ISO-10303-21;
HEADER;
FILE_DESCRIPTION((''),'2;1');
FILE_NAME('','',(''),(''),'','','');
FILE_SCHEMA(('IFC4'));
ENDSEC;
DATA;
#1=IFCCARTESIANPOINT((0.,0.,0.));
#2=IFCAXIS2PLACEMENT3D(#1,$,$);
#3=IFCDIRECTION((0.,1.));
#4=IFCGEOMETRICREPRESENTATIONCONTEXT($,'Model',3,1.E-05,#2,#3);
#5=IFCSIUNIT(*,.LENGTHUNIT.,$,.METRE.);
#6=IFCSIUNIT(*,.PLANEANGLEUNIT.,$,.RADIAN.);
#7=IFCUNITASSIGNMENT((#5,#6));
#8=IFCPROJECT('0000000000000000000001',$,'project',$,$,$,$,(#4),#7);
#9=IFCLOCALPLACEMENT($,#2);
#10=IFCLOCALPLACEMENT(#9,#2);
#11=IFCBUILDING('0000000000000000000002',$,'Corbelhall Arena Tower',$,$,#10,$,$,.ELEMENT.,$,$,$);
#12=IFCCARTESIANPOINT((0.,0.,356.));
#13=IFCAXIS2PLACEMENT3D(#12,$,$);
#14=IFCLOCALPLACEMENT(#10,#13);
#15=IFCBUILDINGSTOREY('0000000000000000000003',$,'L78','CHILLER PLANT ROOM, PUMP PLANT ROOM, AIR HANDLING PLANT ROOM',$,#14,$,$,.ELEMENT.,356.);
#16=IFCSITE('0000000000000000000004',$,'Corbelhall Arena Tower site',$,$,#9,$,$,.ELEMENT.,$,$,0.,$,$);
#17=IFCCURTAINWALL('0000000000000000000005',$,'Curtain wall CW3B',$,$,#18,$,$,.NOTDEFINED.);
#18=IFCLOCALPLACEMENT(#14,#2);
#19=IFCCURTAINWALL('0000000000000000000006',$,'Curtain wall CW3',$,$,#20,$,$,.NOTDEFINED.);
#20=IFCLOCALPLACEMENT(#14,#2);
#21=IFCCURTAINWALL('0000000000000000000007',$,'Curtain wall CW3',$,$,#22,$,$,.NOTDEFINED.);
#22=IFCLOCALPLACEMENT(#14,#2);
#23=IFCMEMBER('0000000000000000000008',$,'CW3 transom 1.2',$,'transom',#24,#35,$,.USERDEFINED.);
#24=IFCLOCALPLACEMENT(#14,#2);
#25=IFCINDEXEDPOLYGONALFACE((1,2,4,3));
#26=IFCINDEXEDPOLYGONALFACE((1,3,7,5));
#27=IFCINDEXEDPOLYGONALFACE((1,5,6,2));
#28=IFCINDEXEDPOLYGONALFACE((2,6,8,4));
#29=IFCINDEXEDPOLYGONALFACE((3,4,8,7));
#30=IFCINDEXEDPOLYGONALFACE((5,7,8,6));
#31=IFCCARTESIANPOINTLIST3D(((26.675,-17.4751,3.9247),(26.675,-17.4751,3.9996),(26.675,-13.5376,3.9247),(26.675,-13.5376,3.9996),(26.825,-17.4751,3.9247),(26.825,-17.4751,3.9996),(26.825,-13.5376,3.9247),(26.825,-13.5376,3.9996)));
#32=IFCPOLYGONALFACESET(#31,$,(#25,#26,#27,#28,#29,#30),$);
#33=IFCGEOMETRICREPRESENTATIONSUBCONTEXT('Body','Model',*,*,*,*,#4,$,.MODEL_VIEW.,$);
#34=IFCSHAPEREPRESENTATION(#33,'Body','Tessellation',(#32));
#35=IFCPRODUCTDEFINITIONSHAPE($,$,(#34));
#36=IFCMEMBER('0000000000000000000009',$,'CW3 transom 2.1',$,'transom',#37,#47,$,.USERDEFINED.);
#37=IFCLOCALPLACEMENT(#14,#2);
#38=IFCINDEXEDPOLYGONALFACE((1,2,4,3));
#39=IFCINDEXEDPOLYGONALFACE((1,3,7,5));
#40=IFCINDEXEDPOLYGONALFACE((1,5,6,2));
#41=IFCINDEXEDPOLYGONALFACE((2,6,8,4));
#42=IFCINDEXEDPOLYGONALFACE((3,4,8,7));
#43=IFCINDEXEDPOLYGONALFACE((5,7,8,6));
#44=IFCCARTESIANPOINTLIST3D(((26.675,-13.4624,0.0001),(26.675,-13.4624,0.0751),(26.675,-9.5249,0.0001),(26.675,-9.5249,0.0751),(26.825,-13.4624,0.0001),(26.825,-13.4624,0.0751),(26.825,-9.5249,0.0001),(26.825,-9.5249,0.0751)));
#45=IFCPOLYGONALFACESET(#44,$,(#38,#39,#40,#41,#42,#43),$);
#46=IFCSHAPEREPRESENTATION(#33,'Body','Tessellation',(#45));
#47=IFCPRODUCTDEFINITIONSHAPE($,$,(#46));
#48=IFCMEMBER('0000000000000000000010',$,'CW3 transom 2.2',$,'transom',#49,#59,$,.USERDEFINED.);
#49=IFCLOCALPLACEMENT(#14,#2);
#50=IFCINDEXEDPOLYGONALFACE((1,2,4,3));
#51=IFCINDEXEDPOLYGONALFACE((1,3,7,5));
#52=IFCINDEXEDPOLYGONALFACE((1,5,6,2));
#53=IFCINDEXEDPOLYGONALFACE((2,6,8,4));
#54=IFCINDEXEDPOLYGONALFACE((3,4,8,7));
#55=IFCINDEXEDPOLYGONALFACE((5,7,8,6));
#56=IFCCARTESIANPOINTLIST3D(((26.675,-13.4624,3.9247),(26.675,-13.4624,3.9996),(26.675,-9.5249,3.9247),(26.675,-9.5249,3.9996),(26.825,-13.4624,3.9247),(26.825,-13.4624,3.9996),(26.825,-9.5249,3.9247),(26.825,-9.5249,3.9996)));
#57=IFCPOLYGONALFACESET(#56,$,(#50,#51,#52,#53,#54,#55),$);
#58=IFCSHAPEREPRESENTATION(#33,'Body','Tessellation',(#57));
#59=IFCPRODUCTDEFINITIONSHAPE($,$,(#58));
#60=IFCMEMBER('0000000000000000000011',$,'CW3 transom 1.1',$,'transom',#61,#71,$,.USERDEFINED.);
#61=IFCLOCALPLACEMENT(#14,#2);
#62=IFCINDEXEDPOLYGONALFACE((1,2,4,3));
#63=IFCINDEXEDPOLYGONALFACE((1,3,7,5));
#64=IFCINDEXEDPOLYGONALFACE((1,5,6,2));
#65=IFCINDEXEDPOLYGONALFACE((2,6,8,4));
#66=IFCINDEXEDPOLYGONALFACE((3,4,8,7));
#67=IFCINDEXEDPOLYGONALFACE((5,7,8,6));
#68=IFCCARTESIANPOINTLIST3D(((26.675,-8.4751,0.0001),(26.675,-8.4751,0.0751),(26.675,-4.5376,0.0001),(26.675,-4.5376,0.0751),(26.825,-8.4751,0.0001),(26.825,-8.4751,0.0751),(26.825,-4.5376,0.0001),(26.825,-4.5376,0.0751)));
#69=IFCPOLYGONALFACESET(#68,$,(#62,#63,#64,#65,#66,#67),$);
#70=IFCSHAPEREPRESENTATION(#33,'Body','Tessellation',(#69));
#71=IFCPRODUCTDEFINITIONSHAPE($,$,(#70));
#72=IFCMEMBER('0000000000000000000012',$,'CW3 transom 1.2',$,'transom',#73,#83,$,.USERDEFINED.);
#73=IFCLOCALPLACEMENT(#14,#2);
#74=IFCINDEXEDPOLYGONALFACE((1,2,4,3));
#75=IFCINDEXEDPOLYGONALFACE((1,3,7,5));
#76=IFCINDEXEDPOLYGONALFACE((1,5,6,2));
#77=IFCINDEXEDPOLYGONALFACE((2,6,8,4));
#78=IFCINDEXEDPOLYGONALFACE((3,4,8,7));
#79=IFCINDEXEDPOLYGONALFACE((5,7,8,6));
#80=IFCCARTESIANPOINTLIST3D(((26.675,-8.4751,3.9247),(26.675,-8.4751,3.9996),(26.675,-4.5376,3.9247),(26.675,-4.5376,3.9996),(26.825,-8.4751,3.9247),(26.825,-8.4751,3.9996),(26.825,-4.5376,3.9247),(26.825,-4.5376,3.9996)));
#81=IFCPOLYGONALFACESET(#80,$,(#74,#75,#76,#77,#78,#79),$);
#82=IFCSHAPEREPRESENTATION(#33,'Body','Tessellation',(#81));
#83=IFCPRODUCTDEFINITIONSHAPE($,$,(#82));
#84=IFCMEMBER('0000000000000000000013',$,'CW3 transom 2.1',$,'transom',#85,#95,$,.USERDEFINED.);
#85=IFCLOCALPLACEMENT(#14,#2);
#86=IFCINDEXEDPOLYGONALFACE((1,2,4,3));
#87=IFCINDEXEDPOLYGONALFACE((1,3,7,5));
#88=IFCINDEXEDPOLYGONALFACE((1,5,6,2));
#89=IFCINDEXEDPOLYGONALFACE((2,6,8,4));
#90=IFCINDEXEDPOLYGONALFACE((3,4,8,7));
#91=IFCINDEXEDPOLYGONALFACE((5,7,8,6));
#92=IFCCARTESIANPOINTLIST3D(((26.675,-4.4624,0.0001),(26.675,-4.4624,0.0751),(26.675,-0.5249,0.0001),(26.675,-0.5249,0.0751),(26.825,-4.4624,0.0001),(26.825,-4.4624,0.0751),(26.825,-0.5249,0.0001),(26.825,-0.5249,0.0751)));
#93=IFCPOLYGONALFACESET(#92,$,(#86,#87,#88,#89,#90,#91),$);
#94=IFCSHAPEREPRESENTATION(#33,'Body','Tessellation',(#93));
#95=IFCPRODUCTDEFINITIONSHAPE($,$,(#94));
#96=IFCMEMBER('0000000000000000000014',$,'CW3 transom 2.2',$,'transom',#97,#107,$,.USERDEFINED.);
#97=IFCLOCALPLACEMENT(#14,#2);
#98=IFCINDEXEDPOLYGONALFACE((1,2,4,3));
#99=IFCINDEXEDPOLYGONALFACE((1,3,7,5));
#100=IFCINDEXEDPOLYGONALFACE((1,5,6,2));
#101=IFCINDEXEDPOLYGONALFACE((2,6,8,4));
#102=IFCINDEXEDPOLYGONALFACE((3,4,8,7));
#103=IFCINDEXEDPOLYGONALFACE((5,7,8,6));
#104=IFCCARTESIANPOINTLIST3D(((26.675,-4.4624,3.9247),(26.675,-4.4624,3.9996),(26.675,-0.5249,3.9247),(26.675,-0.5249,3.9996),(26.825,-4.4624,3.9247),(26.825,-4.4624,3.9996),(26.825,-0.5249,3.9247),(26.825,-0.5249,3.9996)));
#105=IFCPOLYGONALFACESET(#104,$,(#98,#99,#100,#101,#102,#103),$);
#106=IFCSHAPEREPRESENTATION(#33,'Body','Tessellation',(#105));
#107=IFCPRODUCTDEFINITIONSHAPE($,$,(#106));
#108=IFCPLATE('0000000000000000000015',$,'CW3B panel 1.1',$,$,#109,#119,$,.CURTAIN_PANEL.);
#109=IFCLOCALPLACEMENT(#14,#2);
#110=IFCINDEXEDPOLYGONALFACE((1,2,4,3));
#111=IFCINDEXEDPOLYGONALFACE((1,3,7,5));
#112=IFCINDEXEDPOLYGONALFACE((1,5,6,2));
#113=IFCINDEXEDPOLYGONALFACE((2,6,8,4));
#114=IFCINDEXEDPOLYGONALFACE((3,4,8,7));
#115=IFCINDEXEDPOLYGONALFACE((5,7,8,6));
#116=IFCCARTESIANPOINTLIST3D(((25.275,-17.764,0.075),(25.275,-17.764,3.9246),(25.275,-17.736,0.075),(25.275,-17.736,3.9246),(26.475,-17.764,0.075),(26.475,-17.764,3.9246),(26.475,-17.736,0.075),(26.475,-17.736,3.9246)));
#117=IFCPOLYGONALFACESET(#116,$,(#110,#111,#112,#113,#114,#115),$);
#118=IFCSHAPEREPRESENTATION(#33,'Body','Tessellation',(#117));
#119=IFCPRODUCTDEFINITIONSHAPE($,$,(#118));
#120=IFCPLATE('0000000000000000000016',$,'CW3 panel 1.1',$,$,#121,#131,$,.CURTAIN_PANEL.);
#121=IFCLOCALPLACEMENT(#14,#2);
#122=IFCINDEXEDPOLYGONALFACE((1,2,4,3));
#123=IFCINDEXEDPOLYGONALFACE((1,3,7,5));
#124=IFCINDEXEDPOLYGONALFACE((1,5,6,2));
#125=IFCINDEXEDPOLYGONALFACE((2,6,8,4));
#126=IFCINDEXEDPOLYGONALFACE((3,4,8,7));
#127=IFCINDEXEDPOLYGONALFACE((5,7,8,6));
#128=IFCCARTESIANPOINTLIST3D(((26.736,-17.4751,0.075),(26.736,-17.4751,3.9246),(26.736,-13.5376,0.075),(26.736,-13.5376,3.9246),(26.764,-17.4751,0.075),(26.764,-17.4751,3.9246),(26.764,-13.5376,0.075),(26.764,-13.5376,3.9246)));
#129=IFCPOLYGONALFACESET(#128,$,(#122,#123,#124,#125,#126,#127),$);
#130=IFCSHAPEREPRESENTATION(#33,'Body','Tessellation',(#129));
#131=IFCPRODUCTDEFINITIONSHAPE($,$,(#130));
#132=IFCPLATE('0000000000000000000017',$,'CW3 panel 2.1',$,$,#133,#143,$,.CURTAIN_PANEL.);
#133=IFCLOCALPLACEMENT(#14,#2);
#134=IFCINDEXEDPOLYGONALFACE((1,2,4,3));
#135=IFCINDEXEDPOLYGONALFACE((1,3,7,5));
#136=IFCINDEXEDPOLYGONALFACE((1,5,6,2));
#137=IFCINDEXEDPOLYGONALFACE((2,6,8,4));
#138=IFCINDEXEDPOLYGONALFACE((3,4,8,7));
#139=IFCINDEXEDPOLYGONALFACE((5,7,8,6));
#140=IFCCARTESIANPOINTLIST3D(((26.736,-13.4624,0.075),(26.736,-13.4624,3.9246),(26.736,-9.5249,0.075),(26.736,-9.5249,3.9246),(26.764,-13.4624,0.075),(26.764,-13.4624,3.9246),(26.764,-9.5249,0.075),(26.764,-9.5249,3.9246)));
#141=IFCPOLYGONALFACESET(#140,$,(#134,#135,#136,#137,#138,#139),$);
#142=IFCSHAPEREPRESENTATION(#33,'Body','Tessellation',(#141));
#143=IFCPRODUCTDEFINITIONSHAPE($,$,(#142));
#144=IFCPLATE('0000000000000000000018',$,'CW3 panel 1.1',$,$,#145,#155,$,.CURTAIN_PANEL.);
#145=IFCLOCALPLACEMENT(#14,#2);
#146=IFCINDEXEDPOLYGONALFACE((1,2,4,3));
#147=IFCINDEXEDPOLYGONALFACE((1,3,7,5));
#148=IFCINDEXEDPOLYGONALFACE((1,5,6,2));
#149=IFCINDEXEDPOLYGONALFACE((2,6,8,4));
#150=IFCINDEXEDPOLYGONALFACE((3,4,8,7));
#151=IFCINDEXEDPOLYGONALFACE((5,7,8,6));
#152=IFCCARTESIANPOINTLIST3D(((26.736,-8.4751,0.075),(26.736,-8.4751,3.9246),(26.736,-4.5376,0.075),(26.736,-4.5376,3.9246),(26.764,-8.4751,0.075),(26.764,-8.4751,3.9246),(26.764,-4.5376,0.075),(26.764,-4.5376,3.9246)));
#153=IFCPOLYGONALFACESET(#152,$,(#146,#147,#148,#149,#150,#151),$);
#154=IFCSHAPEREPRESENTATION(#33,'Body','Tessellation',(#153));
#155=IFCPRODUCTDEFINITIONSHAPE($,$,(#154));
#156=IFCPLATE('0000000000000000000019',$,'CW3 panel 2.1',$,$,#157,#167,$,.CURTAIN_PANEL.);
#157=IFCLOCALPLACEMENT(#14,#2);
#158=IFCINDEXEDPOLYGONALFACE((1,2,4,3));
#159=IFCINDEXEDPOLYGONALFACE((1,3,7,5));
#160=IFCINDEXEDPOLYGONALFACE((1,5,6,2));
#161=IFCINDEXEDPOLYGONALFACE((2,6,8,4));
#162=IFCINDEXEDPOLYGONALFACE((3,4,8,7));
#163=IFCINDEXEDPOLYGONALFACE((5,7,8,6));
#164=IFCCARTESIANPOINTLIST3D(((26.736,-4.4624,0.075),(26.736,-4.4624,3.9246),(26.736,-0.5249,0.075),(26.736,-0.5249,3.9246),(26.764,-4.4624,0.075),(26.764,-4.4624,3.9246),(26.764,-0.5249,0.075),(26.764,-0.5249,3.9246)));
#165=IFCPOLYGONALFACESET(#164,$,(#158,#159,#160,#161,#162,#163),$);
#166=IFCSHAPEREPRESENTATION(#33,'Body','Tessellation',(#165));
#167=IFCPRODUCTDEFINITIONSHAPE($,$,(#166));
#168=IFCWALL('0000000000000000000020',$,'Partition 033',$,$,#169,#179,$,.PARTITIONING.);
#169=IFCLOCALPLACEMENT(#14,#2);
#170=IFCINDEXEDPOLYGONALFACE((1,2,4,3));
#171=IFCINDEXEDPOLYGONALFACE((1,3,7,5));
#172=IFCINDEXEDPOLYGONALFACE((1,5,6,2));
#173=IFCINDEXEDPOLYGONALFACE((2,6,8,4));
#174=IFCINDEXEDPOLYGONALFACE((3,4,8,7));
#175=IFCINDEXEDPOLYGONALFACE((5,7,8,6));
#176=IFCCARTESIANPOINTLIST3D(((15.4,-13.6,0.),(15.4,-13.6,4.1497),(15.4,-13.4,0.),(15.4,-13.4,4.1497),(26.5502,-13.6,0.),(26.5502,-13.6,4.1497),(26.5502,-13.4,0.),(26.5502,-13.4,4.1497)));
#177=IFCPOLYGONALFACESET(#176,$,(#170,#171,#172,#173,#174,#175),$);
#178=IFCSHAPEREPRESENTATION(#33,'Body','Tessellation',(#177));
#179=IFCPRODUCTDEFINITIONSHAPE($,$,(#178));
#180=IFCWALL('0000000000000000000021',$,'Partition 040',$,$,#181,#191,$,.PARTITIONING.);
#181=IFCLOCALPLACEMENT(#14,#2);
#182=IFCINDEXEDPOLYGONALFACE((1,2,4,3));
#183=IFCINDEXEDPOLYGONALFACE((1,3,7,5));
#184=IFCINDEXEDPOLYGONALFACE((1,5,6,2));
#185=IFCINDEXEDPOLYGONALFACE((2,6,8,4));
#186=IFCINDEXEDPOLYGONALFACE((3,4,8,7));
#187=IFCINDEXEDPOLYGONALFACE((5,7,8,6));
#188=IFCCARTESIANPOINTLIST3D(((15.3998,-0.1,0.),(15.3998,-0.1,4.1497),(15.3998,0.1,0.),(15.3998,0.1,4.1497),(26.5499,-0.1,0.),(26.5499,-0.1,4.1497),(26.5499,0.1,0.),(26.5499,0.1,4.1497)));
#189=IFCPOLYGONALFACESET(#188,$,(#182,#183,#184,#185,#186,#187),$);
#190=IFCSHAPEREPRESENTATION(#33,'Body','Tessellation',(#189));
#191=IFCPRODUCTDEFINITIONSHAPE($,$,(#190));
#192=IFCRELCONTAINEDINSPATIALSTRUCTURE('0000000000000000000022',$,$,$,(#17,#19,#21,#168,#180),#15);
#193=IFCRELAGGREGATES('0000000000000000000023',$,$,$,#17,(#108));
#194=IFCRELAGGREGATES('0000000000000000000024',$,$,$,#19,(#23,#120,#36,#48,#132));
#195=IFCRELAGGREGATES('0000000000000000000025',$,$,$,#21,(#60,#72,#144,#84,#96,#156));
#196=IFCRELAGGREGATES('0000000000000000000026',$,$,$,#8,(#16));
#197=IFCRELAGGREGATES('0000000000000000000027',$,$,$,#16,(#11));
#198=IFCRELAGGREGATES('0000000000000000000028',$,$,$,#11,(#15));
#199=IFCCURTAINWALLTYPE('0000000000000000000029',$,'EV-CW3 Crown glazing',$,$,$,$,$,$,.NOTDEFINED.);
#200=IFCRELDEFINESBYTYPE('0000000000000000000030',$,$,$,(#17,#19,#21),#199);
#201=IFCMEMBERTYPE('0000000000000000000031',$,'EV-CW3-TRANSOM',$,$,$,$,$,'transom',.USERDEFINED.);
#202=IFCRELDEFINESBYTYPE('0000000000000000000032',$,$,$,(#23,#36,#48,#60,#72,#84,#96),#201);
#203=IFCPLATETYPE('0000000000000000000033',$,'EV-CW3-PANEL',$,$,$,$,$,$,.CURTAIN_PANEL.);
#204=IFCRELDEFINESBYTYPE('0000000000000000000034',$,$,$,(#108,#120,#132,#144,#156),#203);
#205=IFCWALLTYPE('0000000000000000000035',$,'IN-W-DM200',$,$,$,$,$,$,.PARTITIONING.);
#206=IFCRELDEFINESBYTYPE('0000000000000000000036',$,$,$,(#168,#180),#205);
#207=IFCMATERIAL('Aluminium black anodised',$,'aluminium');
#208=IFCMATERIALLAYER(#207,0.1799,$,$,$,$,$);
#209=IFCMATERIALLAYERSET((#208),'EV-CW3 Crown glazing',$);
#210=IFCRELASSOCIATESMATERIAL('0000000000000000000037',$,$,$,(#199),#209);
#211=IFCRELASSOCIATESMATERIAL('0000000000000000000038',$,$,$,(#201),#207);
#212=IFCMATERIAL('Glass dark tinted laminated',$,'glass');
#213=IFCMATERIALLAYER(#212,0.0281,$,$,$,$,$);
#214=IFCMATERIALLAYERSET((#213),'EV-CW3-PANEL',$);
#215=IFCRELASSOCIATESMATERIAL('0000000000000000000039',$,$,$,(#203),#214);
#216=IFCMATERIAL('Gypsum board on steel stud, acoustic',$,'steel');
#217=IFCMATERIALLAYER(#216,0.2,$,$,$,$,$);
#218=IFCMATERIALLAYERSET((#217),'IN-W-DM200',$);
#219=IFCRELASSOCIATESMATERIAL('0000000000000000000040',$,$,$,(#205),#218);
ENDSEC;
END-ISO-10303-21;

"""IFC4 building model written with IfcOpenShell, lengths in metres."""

from ifc_helpers import new_model, si_unit, direction, frame, frame_2d, origin, origin_2d, place, context, subcontext, project, spatial, rectangle, extrude, material, layer, layer_set, material_profile, profile_set, type_object, element, aggregate, save


model = new_model("IFC4")

# Units and contexts
model_context = context("Model", 3, precision=1e-05, world=origin(), true_north=direction((0.0, 1.0)))
body_context = subcontext(model_context, "Body", "Model", "MODEL_VIEW")
ifc_project = project(units=[si_unit("LENGTHUNIT", "METRE"), si_unit("PLANEANGLEUNIT", "RADIAN")], contexts=[model_context])

# Site, building, storey
site_placement = place(None, origin())
site = spatial("IfcSite", under=ifc_project, at=site_placement, Name="Corbelhall Arena Tower site", CompositionType="ELEMENT", RefElevation=0.0)
building_placement = place(site_placement, origin())
building = spatial("IfcBuilding", under=site, at=building_placement, Name="Corbelhall Arena Tower", CompositionType="ELEMENT")
storey_placement = place(building_placement, frame((0.0, 0.0, 356.0)))
storey = spatial("IfcBuildingStorey", under=building, at=storey_placement, Name="L78", Description="CHILLER PLANT ROOM, PUMP PLANT ROOM, AIR HANDLING PLANT ROOM", CompositionType="ELEMENT", Elevation=356.0)

# Curtain walls
ifc_material_1 = material(Name="Aluminium black anodised", Category="aluminium")
ifc_layer_1 = layer(ifc_material_1, 0.1799)
ifc_layer_set_1 = layer_set([ifc_layer_1], Name="EV-CW3 Crown glazing")
curtain_wall_type = type_object("IfcCurtainWallType", Name="EV-CW3 Crown glazing", PredefinedType="NOTDEFINED", material=ifc_layer_set_1)
curtain_wall_1_placement = place(storey_placement, origin())
curtain_wall_1 = element("IfcCurtainWall", 1, at=curtain_wall_1_placement, inside=storey, type_object=curtain_wall_type, Name="Curtain wall CW3B", PredefinedType="NOTDEFINED")
curtain_wall_2_placement = place(storey_placement, origin())
curtain_wall_2 = element("IfcCurtainWall", 2, at=curtain_wall_2_placement, inside=storey, type_object=curtain_wall_type, Name="Curtain wall CW3", PredefinedType="NOTDEFINED")
curtain_wall_3_placement = place(storey_placement, origin())
curtain_wall_3 = element("IfcCurtainWall", 3, at=curtain_wall_3_placement, inside=storey, type_object=curtain_wall_type, Name="Curtain wall CW3", PredefinedType="NOTDEFINED")

# Members
ifc_material_profile_1 = material_profile(ifc_material_1, rectangle(XDim=0.1499, YDim=0.075, at=origin_2d()))
ifc_profile_set_1 = profile_set([ifc_material_profile_1], Name="Aluminium black anodised")
member_type_1 = type_object("IfcMemberType", Name="EV-CW3-TRANSOM", ElementType="transom", PredefinedType="USERDEFINED", material=ifc_profile_set_1)
member_1_placement = place(storey_placement, frame((26.75, -17.4751, 3.9622), z_axis=(0.0, 1.0, 0.0), x_axis=(-1.0, 0.0, 0.0)))
member_1 = element("IfcMember", 4, at=member_1_placement, type_object=member_type_1, Name="CW3 transom 1.2", ObjectType="transom", PredefinedType="USERDEFINED", context=body_context, shape_type="SweptSolid", body=[
    extrude(rectangle(XDim=0.1499, YDim=0.075, at=origin_2d()), origin(), (0.0, 0.0, 1.0), 3.9375),
])
member_2_placement = place(storey_placement, frame((26.75, -13.4624, 0.0376), z_axis=(0.0, 1.0, 0.0), x_axis=(-1.0, 0.0, 0.0)))
member_2 = element("IfcMember", 5, at=member_2_placement, type_object=member_type_1, Name="CW3 transom 2.1", ObjectType="transom", PredefinedType="USERDEFINED", context=body_context, shape_type="SweptSolid", body=[
    extrude(rectangle(XDim=0.1499, YDim=0.075, at=origin_2d()), origin(), (0.0, 0.0, 1.0), 3.9375),
])
member_3_placement = place(storey_placement, frame((26.75, -13.4624, 3.9622), z_axis=(0.0, 1.0, 0.0), x_axis=(-1.0, 0.0, 0.0)))
member_3 = element("IfcMember", 6, at=member_3_placement, type_object=member_type_1, Name="CW3 transom 2.2", ObjectType="transom", PredefinedType="USERDEFINED", context=body_context, shape_type="SweptSolid", body=[
    extrude(rectangle(XDim=0.1499, YDim=0.075, at=origin_2d()), origin(), (0.0, 0.0, 1.0), 3.9375),
])
member_4_placement = place(storey_placement, frame((26.75, -8.4751, 0.0376), z_axis=(0.0, 1.0, 0.0), x_axis=(-1.0, 0.0, 0.0)))
member_4 = element("IfcMember", 7, at=member_4_placement, type_object=member_type_1, Name="CW3 transom 1.1", ObjectType="transom", PredefinedType="USERDEFINED", context=body_context, shape_type="SweptSolid", body=[
    extrude(rectangle(XDim=0.1499, YDim=0.075, at=origin_2d()), origin(), (0.0, 0.0, 1.0), 3.9375),
])
member_5_placement = place(storey_placement, frame((26.75, -8.4751, 3.9622), z_axis=(0.0, 1.0, 0.0), x_axis=(-1.0, 0.0, 0.0)))
member_5 = element("IfcMember", 8, at=member_5_placement, type_object=member_type_1, Name="CW3 transom 1.2", ObjectType="transom", PredefinedType="USERDEFINED", context=body_context, shape_type="SweptSolid", body=[
    extrude(rectangle(XDim=0.1499, YDim=0.075, at=origin_2d()), origin(), (0.0, 0.0, 1.0), 3.9375),
])
member_6_placement = place(storey_placement, frame((26.75, -4.4624, 0.0376), z_axis=(0.0, 1.0, 0.0), x_axis=(-1.0, 0.0, 0.0)))
member_6 = element("IfcMember", 9, at=member_6_placement, type_object=member_type_1, Name="CW3 transom 2.1", ObjectType="transom", PredefinedType="USERDEFINED", context=body_context, shape_type="SweptSolid", body=[
    extrude(rectangle(XDim=0.1499, YDim=0.075, at=origin_2d()), origin(), (0.0, 0.0, 1.0), 3.9375),
])
member_7_placement = place(storey_placement, frame((26.75, -4.4624, 3.9622), z_axis=(0.0, 1.0, 0.0), x_axis=(-1.0, 0.0, 0.0)))
member_7 = element("IfcMember", 10, at=member_7_placement, type_object=member_type_1, Name="CW3 transom 2.2", ObjectType="transom", PredefinedType="USERDEFINED", context=body_context, shape_type="SweptSolid", body=[
    extrude(rectangle(XDim=0.1499, YDim=0.075, at=origin_2d()), origin(), (0.0, 0.0, 1.0), 3.9375),
])

# Plates
ifc_material_2 = material(Name="Glass dark tinted laminated", Category="glass")
ifc_layer_2 = layer(ifc_material_2, 0.0281)
ifc_layer_set_2 = layer_set([ifc_layer_2], Name="EV-CW3-PANEL")
plate_type = type_object("IfcPlateType", Name="EV-CW3-PANEL", PredefinedType="CURTAIN_PANEL", material=ifc_layer_set_2)
plate_1_placement = place(storey_placement, frame((25.875, -17.75, 0.075), z_axis=(0.0, 0.0, 1.0), x_axis=(1.0, 0.0, 0.0)))
plate_1 = element("IfcPlate", 11, at=plate_1_placement, type_object=plate_type, Name="CW3B panel 1.1", PredefinedType="CURTAIN_PANEL", context=body_context, shape_type="SweptSolid", body=[
    extrude(rectangle(XDim=1.2, YDim=0.0281, at=origin_2d()), origin(), (0.0, 0.0, 1.0), 3.8496),
])
aggregate(curtain_wall_1, [plate_1])
plate_2_placement = place(storey_placement, frame((26.75, -15.5063, 0.075), z_axis=(0.0, 0.0, 1.0), x_axis=(0.0, 1.0, 0.0)))
plate_2 = element("IfcPlate", 12, at=plate_2_placement, type_object=plate_type, Name="CW3 panel 1.1", PredefinedType="CURTAIN_PANEL", context=body_context, shape_type="SweptSolid", body=[
    extrude(rectangle(XDim=3.9375, YDim=0.0281, at=origin_2d()), origin(), (0.0, 0.0, 1.0), 3.8496),
])
plate_3_placement = place(storey_placement, frame((26.75, -11.4937, 0.075), z_axis=(0.0, 0.0, 1.0), x_axis=(0.0, 1.0, 0.0)))
plate_3 = element("IfcPlate", 13, at=plate_3_placement, type_object=plate_type, Name="CW3 panel 2.1", PredefinedType="CURTAIN_PANEL", context=body_context, shape_type="SweptSolid", body=[
    extrude(rectangle(XDim=3.9375, YDim=0.0281, at=origin_2d()), origin(), (0.0, 0.0, 1.0), 3.8496),
])
aggregate(curtain_wall_2, [member_1, plate_2, member_2, member_3, plate_3])
plate_4_placement = place(storey_placement, frame((26.75, -6.5063, 0.075), z_axis=(0.0, 0.0, 1.0), x_axis=(0.0, 1.0, 0.0)))
plate_4 = element("IfcPlate", 14, at=plate_4_placement, type_object=plate_type, Name="CW3 panel 1.1", PredefinedType="CURTAIN_PANEL", context=body_context, shape_type="SweptSolid", body=[
    extrude(rectangle(XDim=3.9375, YDim=0.0281, at=origin_2d()), origin(), (0.0, 0.0, 1.0), 3.8496),
])
plate_5_placement = place(storey_placement, frame((26.75, -2.4937, 0.075), z_axis=(0.0, 0.0, 1.0), x_axis=(0.0, 1.0, 0.0)))
plate_5 = element("IfcPlate", 15, at=plate_5_placement, type_object=plate_type, Name="CW3 panel 2.1", PredefinedType="CURTAIN_PANEL", context=body_context, shape_type="SweptSolid", body=[
    extrude(rectangle(XDim=3.9375, YDim=0.0281, at=origin_2d()), origin(), (0.0, 0.0, 1.0), 3.8496),
])
aggregate(curtain_wall_3, [member_4, member_5, plate_4, member_6, member_7, plate_5])

# Wall
ifc_material_3 = material(Name="Gypsum board on steel stud, acoustic", Category="steel")
ifc_layer_3 = layer(ifc_material_3, 0.2)
ifc_layer_set_3 = layer_set([ifc_layer_3], Name="IN-W-DM200")
wall_type = type_object("IfcWallType", Name="IN-W-DM200", PredefinedType="PARTITIONING", material=ifc_layer_set_3)
wall_1_placement = place(storey_placement, frame((15.3999, -13.5, 0.0), z_axis=(0.0, 0.0, 1.0), x_axis=(1.0, 0.0, 0.0)))
element("IfcWall", 16, at=wall_1_placement, inside=storey, type_object=wall_type, Name="Partition 033", PredefinedType="PARTITIONING", context=body_context, shape_type="SweptSolid", body=[
    extrude(rectangle(XDim=11.1501, YDim=0.2, at=frame_2d((5.5752, 0.0))), origin(), (0.0, 0.0, 1.0), 4.1497),
])

# Wall
wall_2_placement = place(storey_placement, frame((26.55, 0.0, 0.0), z_axis=(0.0, 0.0, 1.0), x_axis=(-1.0, 0.0, 0.0)))
element("IfcWall", 17, at=wall_2_placement, inside=storey, type_object=wall_type, Name="Partition 040", PredefinedType="PARTITIONING", context=body_context, shape_type="SweptSolid", body=[
    extrude(rectangle(XDim=11.1501, YDim=0.2, at=frame_2d((5.5752, 0.0))), origin(), (0.0, 0.0, 1.0), 4.1497),
])

save(model, "model.ifc")
